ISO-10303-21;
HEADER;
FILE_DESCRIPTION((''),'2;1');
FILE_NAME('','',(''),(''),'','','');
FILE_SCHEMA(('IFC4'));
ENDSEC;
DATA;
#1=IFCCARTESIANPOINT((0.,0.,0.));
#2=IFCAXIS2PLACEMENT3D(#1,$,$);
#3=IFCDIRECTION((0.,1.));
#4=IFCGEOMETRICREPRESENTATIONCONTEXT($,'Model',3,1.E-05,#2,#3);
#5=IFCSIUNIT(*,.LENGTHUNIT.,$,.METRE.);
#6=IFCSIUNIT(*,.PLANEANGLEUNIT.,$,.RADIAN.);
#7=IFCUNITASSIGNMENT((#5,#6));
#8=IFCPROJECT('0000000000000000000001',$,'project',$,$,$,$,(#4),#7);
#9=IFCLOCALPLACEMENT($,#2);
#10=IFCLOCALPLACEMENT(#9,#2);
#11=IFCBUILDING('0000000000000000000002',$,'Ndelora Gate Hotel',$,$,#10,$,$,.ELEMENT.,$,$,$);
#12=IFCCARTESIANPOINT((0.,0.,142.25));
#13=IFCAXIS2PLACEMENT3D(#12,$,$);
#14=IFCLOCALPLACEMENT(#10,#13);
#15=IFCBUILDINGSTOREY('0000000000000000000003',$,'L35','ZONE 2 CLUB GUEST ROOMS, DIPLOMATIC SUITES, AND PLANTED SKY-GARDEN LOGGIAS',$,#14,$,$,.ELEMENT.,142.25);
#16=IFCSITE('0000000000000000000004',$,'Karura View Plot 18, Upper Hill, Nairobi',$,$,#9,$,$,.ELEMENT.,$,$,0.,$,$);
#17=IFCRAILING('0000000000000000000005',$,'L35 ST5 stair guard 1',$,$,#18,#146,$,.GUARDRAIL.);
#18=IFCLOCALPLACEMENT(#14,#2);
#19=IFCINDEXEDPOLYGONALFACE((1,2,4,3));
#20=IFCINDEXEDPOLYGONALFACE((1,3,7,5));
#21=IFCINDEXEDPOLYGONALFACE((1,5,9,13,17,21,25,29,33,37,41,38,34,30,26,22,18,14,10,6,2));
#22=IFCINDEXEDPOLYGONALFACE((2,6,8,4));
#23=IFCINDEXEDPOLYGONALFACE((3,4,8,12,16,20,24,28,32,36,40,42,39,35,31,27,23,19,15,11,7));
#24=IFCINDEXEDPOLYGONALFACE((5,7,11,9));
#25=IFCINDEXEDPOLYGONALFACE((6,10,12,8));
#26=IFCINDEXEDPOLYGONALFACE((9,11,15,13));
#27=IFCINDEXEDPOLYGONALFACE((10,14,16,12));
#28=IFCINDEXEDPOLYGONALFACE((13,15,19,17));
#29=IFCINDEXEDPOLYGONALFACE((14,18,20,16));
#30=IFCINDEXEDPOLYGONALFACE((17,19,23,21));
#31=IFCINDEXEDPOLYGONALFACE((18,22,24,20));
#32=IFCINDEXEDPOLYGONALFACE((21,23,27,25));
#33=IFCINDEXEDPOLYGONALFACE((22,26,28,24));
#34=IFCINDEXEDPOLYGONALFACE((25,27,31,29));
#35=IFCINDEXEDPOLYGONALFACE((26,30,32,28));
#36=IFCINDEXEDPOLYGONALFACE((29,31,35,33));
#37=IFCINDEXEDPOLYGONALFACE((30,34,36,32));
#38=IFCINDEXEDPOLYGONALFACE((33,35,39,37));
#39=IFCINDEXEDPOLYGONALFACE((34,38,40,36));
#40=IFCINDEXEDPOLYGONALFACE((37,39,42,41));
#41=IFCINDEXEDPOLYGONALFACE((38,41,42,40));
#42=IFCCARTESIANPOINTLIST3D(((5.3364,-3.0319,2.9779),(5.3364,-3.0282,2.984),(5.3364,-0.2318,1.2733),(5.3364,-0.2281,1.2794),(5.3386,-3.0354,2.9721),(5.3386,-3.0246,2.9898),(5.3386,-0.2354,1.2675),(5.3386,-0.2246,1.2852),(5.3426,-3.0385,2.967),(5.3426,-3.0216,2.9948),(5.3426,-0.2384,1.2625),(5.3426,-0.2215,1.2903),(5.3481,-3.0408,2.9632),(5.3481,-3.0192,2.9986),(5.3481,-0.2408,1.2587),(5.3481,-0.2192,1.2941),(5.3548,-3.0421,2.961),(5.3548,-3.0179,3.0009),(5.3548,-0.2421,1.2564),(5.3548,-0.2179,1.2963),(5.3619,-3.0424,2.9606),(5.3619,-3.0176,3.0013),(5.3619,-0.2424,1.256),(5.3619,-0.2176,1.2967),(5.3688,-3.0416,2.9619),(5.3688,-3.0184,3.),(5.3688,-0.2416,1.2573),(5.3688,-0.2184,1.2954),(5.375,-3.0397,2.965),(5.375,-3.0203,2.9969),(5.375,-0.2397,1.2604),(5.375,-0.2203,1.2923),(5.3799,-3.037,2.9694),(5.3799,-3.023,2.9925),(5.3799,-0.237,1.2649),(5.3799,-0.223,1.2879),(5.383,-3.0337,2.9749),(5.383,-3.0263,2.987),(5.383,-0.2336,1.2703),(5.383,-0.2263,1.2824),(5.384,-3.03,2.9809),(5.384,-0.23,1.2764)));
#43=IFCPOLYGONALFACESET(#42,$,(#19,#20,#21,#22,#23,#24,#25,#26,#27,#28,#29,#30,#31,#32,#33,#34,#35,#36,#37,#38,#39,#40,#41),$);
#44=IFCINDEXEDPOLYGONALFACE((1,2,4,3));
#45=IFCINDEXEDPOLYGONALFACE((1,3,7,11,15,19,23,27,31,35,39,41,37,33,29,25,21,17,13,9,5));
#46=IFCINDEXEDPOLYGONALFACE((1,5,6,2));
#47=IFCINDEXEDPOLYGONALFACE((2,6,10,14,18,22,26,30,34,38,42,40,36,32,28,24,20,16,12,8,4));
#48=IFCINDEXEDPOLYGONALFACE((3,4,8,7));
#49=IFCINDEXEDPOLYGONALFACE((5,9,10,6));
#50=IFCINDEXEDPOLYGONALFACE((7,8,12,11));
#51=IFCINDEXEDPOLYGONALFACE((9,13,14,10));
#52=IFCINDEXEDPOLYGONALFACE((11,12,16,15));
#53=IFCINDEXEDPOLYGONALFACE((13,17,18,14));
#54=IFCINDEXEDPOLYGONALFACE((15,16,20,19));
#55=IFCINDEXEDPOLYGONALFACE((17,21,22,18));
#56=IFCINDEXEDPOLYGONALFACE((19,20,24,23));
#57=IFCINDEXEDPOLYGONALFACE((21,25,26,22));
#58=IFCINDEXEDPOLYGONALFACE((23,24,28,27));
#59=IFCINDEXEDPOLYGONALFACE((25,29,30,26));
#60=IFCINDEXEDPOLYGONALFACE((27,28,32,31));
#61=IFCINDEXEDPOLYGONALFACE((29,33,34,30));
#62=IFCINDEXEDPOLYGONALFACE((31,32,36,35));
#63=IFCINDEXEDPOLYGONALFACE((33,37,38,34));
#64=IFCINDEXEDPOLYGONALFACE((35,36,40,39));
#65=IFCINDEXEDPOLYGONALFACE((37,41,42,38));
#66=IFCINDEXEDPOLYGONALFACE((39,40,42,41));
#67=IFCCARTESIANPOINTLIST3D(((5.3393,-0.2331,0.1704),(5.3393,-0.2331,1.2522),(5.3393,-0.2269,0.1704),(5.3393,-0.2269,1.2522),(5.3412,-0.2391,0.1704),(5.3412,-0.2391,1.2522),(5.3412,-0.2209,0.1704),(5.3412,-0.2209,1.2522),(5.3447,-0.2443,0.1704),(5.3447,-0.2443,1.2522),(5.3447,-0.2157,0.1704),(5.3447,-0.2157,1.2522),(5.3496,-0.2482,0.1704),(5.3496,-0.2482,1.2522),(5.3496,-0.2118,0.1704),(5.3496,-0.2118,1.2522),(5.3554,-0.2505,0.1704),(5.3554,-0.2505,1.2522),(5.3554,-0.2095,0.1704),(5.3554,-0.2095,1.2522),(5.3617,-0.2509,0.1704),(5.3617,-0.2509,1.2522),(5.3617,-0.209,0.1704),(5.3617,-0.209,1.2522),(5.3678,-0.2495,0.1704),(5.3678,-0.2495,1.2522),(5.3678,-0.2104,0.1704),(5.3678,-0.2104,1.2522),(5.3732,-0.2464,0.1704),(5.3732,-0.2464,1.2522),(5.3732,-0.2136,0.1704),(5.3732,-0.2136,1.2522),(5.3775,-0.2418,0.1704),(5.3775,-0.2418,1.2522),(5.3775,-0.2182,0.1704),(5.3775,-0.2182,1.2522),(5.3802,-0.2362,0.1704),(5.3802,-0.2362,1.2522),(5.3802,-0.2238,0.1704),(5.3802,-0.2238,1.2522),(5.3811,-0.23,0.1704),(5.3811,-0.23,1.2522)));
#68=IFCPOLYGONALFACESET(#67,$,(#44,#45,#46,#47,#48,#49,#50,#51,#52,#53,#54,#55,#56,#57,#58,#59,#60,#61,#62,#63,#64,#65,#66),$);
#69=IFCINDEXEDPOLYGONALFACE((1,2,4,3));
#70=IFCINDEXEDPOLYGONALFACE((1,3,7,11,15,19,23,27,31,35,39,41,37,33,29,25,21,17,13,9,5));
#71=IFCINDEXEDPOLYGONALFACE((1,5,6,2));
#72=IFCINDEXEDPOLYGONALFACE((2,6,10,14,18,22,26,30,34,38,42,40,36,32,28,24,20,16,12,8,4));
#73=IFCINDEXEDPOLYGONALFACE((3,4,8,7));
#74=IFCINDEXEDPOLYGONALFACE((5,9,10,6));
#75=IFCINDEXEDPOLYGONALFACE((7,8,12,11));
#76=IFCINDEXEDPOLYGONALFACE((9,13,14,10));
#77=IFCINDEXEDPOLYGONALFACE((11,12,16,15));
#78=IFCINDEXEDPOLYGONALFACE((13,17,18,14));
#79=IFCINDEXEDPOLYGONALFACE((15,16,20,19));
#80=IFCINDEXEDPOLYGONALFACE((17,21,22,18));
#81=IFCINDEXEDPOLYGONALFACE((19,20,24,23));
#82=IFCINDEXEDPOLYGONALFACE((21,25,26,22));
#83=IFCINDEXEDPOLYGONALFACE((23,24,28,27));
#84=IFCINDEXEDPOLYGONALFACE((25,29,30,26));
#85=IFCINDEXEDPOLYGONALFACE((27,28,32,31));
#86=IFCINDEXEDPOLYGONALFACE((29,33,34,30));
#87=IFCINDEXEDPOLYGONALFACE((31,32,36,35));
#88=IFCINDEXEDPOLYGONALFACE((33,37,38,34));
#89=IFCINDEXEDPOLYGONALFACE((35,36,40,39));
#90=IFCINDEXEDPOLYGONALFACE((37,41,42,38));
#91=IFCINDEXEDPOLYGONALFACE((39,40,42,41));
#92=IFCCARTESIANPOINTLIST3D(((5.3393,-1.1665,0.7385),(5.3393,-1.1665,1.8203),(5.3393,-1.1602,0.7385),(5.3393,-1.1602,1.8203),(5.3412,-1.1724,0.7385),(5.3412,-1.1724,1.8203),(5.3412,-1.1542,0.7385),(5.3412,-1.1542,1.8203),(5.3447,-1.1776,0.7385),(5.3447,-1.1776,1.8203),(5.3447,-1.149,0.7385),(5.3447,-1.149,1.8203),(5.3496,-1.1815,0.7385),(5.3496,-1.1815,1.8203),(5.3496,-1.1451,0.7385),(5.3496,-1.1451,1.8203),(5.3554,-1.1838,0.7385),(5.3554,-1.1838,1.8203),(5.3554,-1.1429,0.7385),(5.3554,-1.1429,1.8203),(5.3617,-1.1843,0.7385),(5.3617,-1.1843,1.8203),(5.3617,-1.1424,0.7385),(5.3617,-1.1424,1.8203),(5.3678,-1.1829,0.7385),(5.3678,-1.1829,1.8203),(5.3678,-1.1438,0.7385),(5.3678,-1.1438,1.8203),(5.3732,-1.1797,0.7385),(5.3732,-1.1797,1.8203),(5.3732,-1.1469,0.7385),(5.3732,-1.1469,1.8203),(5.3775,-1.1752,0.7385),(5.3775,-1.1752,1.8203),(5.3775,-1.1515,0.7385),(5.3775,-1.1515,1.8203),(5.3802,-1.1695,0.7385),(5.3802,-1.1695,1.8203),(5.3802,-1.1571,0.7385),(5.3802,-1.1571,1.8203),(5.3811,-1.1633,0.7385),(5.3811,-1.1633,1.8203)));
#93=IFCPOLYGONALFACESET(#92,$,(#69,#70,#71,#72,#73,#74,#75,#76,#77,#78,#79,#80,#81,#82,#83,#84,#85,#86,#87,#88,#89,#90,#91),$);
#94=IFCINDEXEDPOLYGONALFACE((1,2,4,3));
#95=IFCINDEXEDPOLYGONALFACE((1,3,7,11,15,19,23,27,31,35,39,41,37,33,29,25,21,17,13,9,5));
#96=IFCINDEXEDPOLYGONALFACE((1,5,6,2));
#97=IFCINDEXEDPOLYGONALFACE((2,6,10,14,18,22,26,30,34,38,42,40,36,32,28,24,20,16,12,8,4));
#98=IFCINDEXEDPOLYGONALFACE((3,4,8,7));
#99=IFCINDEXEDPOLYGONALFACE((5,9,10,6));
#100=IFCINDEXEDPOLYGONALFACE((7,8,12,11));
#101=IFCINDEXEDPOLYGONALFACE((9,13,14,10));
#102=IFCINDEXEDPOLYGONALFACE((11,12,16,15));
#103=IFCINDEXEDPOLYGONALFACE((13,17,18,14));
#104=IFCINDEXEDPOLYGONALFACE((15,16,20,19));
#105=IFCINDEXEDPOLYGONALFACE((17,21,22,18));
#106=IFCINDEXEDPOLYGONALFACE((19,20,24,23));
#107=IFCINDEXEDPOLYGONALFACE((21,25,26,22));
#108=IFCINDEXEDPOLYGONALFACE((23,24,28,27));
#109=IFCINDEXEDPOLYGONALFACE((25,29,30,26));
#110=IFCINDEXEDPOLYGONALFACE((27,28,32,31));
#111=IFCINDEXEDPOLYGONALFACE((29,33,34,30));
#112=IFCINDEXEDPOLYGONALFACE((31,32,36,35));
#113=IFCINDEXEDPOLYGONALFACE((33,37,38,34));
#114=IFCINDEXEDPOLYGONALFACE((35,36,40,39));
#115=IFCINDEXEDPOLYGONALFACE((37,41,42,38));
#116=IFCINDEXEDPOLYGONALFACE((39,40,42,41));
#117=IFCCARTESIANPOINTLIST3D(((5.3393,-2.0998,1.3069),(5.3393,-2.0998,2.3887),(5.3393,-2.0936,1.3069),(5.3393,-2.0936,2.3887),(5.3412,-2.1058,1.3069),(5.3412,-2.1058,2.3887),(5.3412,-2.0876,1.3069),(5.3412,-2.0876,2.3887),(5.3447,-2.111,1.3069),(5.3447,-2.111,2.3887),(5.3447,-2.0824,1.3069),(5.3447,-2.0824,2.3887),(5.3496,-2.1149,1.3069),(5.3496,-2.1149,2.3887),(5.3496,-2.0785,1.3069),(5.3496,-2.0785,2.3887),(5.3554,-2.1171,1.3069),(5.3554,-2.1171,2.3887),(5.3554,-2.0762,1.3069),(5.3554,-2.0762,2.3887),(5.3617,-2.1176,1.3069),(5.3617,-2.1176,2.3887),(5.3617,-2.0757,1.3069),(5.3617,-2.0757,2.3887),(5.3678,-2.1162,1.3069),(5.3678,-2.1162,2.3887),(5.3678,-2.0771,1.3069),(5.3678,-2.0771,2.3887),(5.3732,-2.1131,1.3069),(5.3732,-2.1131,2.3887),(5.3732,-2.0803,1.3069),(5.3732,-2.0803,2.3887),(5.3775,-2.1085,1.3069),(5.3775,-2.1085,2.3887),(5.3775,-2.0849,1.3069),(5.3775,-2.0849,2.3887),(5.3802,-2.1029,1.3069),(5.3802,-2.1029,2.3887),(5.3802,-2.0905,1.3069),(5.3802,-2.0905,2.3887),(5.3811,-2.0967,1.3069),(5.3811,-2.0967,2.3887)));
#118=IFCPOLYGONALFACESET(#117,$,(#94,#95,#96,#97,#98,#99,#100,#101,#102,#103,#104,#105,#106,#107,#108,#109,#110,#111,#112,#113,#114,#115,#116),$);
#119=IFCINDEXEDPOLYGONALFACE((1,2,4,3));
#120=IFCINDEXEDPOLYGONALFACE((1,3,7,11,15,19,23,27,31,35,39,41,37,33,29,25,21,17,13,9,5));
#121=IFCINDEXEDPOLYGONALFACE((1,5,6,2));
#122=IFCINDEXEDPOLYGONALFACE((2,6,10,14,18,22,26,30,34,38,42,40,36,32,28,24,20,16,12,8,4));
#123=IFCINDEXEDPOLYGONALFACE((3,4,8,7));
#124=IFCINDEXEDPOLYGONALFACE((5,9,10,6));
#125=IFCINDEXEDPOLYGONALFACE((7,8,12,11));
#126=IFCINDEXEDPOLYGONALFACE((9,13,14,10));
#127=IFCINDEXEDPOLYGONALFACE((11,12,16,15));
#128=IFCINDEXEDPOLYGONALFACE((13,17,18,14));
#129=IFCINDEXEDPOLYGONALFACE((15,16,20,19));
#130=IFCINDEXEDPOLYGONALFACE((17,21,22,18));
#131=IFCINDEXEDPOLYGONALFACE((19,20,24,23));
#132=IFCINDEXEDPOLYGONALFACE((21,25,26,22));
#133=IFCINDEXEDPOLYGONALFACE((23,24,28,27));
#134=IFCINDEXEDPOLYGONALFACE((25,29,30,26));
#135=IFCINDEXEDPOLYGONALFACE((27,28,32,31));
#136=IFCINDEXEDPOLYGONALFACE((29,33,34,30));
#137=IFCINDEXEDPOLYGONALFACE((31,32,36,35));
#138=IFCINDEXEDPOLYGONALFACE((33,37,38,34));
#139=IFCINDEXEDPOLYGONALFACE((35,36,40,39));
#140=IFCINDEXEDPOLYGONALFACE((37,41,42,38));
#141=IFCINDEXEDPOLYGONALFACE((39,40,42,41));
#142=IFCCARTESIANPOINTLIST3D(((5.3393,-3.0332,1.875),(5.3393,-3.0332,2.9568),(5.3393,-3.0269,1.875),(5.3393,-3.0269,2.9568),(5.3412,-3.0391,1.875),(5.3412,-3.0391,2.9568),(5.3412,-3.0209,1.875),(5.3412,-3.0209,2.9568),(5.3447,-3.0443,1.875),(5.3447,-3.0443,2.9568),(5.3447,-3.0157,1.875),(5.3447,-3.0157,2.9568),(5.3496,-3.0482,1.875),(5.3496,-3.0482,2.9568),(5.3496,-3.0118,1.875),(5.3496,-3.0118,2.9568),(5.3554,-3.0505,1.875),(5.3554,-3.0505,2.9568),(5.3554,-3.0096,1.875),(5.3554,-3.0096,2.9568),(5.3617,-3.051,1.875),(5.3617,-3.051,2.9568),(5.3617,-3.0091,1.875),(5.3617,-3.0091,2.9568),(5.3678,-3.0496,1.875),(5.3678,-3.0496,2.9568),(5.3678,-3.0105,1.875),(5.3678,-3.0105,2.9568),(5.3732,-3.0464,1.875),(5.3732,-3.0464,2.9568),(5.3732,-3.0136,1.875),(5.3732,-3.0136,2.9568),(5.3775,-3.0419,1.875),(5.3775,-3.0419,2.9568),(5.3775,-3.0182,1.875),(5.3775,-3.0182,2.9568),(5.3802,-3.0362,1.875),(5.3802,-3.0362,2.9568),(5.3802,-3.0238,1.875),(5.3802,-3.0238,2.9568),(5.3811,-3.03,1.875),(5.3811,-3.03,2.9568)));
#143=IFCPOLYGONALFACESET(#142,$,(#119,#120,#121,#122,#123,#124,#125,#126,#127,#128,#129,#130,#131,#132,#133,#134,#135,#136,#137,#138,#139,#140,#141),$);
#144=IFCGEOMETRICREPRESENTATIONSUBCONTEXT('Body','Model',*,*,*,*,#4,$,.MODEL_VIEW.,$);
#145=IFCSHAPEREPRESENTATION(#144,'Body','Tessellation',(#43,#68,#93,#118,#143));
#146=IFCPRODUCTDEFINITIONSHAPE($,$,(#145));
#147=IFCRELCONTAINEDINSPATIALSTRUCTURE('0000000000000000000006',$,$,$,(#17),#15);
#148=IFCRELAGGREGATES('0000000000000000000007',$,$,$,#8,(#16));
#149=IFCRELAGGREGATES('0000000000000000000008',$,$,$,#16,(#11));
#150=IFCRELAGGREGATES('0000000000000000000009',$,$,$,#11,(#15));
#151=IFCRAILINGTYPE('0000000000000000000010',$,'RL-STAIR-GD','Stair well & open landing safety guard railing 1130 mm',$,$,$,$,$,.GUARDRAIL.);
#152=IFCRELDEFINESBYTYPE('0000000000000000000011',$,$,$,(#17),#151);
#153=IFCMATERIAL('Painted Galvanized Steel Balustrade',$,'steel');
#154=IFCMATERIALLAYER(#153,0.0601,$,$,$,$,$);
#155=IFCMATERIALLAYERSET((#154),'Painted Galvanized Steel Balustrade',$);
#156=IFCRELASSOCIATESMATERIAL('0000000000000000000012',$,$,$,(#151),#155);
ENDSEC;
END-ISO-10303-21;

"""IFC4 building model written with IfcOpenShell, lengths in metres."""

from ifc_helpers import new_model, si_unit, direction, frame, origin, origin_2d, place, context, subcontext, project, spatial, circle, extrude, material, layer, layer_set, type_object, element, save


model = new_model("IFC4")

# Units and contexts
model_context = context("Model", 3, precision=1e-05, world=origin(), true_north=direction((0.0, 1.0)))
body_context = subcontext(model_context, "Body", "Model", "MODEL_VIEW")
ifc_project = project(units=[si_unit("LENGTHUNIT", "METRE"), si_unit("PLANEANGLEUNIT", "RADIAN")], contexts=[model_context])

# Site, building, storey
site_placement = place(None, origin())
site = spatial("IfcSite", under=ifc_project, at=site_placement, Name="Karura View Plot 18, Upper Hill, Nairobi", CompositionType="ELEMENT", RefElevation=0.0)
building_placement = place(site_placement, origin())
building = spatial("IfcBuilding", under=site, at=building_placement, Name="Ndelora Gate Hotel", CompositionType="ELEMENT")
storey_placement = place(building_placement, frame((0.0, 0.0, 142.25)))
storey = spatial("IfcBuildingStorey", under=building, at=storey_placement, Name="L35", Description="ZONE 2 CLUB GUEST ROOMS, DIPLOMATIC SUITES, AND PLANTED SKY-GARDEN LOGGIAS", CompositionType="ELEMENT", Elevation=142.25)

# Railing
ifc_material_1 = material(Name="Painted Galvanized Steel Balustrade", Category="steel")
ifc_layer_1 = layer(ifc_material_1, 0.0601)
ifc_layer_set_1 = layer_set([ifc_layer_1], Name="Painted Galvanized Steel Balustrade")
railing_type_1 = type_object("IfcRailingType", Name="RL-STAIR-GD", Description="Stair well & open landing safety guard railing 1130 mm", PredefinedType="GUARDRAIL", material=ifc_layer_set_1)
railing_1_placement = place(storey_placement, frame((5.3601, -0.23, 0.1704)))
element("IfcRailing", 1, at=railing_1_placement, inside=storey, type_object=railing_type_1, Name="L35 ST5 stair guard 1", PredefinedType="GUARDRAIL", context=body_context, shape_type="SweptSolid", body=[
    extrude(circle(Radius=0.0239, at=origin_2d()), frame((0.0, 0.0, 1.106), z_axis=(0.0, -0.85417, 0.519994), x_axis=(1.0, 0.0, 0.0)), (0.0, 0.0, 1.0), 3.2781),
    extrude(circle(Radius=0.021, at=origin_2d()), origin(), (0.0, 0.0, 1.0), 1.0818),
    extrude(circle(Radius=0.021, at=origin_2d()), frame((0.0, -0.9333, 0.5681)), (0.0, 0.0, 1.0), 1.0818),
    extrude(circle(Radius=0.021, at=origin_2d()), frame((0.0, -1.8667, 1.1365)), (0.0, 0.0, 1.0), 1.0818),
    extrude(circle(Radius=0.021, at=origin_2d()), frame((0.0, -2.8, 1.7046)), (0.0, 0.0, 1.0), 1.0818),
])

save(model, "model.ifc")
